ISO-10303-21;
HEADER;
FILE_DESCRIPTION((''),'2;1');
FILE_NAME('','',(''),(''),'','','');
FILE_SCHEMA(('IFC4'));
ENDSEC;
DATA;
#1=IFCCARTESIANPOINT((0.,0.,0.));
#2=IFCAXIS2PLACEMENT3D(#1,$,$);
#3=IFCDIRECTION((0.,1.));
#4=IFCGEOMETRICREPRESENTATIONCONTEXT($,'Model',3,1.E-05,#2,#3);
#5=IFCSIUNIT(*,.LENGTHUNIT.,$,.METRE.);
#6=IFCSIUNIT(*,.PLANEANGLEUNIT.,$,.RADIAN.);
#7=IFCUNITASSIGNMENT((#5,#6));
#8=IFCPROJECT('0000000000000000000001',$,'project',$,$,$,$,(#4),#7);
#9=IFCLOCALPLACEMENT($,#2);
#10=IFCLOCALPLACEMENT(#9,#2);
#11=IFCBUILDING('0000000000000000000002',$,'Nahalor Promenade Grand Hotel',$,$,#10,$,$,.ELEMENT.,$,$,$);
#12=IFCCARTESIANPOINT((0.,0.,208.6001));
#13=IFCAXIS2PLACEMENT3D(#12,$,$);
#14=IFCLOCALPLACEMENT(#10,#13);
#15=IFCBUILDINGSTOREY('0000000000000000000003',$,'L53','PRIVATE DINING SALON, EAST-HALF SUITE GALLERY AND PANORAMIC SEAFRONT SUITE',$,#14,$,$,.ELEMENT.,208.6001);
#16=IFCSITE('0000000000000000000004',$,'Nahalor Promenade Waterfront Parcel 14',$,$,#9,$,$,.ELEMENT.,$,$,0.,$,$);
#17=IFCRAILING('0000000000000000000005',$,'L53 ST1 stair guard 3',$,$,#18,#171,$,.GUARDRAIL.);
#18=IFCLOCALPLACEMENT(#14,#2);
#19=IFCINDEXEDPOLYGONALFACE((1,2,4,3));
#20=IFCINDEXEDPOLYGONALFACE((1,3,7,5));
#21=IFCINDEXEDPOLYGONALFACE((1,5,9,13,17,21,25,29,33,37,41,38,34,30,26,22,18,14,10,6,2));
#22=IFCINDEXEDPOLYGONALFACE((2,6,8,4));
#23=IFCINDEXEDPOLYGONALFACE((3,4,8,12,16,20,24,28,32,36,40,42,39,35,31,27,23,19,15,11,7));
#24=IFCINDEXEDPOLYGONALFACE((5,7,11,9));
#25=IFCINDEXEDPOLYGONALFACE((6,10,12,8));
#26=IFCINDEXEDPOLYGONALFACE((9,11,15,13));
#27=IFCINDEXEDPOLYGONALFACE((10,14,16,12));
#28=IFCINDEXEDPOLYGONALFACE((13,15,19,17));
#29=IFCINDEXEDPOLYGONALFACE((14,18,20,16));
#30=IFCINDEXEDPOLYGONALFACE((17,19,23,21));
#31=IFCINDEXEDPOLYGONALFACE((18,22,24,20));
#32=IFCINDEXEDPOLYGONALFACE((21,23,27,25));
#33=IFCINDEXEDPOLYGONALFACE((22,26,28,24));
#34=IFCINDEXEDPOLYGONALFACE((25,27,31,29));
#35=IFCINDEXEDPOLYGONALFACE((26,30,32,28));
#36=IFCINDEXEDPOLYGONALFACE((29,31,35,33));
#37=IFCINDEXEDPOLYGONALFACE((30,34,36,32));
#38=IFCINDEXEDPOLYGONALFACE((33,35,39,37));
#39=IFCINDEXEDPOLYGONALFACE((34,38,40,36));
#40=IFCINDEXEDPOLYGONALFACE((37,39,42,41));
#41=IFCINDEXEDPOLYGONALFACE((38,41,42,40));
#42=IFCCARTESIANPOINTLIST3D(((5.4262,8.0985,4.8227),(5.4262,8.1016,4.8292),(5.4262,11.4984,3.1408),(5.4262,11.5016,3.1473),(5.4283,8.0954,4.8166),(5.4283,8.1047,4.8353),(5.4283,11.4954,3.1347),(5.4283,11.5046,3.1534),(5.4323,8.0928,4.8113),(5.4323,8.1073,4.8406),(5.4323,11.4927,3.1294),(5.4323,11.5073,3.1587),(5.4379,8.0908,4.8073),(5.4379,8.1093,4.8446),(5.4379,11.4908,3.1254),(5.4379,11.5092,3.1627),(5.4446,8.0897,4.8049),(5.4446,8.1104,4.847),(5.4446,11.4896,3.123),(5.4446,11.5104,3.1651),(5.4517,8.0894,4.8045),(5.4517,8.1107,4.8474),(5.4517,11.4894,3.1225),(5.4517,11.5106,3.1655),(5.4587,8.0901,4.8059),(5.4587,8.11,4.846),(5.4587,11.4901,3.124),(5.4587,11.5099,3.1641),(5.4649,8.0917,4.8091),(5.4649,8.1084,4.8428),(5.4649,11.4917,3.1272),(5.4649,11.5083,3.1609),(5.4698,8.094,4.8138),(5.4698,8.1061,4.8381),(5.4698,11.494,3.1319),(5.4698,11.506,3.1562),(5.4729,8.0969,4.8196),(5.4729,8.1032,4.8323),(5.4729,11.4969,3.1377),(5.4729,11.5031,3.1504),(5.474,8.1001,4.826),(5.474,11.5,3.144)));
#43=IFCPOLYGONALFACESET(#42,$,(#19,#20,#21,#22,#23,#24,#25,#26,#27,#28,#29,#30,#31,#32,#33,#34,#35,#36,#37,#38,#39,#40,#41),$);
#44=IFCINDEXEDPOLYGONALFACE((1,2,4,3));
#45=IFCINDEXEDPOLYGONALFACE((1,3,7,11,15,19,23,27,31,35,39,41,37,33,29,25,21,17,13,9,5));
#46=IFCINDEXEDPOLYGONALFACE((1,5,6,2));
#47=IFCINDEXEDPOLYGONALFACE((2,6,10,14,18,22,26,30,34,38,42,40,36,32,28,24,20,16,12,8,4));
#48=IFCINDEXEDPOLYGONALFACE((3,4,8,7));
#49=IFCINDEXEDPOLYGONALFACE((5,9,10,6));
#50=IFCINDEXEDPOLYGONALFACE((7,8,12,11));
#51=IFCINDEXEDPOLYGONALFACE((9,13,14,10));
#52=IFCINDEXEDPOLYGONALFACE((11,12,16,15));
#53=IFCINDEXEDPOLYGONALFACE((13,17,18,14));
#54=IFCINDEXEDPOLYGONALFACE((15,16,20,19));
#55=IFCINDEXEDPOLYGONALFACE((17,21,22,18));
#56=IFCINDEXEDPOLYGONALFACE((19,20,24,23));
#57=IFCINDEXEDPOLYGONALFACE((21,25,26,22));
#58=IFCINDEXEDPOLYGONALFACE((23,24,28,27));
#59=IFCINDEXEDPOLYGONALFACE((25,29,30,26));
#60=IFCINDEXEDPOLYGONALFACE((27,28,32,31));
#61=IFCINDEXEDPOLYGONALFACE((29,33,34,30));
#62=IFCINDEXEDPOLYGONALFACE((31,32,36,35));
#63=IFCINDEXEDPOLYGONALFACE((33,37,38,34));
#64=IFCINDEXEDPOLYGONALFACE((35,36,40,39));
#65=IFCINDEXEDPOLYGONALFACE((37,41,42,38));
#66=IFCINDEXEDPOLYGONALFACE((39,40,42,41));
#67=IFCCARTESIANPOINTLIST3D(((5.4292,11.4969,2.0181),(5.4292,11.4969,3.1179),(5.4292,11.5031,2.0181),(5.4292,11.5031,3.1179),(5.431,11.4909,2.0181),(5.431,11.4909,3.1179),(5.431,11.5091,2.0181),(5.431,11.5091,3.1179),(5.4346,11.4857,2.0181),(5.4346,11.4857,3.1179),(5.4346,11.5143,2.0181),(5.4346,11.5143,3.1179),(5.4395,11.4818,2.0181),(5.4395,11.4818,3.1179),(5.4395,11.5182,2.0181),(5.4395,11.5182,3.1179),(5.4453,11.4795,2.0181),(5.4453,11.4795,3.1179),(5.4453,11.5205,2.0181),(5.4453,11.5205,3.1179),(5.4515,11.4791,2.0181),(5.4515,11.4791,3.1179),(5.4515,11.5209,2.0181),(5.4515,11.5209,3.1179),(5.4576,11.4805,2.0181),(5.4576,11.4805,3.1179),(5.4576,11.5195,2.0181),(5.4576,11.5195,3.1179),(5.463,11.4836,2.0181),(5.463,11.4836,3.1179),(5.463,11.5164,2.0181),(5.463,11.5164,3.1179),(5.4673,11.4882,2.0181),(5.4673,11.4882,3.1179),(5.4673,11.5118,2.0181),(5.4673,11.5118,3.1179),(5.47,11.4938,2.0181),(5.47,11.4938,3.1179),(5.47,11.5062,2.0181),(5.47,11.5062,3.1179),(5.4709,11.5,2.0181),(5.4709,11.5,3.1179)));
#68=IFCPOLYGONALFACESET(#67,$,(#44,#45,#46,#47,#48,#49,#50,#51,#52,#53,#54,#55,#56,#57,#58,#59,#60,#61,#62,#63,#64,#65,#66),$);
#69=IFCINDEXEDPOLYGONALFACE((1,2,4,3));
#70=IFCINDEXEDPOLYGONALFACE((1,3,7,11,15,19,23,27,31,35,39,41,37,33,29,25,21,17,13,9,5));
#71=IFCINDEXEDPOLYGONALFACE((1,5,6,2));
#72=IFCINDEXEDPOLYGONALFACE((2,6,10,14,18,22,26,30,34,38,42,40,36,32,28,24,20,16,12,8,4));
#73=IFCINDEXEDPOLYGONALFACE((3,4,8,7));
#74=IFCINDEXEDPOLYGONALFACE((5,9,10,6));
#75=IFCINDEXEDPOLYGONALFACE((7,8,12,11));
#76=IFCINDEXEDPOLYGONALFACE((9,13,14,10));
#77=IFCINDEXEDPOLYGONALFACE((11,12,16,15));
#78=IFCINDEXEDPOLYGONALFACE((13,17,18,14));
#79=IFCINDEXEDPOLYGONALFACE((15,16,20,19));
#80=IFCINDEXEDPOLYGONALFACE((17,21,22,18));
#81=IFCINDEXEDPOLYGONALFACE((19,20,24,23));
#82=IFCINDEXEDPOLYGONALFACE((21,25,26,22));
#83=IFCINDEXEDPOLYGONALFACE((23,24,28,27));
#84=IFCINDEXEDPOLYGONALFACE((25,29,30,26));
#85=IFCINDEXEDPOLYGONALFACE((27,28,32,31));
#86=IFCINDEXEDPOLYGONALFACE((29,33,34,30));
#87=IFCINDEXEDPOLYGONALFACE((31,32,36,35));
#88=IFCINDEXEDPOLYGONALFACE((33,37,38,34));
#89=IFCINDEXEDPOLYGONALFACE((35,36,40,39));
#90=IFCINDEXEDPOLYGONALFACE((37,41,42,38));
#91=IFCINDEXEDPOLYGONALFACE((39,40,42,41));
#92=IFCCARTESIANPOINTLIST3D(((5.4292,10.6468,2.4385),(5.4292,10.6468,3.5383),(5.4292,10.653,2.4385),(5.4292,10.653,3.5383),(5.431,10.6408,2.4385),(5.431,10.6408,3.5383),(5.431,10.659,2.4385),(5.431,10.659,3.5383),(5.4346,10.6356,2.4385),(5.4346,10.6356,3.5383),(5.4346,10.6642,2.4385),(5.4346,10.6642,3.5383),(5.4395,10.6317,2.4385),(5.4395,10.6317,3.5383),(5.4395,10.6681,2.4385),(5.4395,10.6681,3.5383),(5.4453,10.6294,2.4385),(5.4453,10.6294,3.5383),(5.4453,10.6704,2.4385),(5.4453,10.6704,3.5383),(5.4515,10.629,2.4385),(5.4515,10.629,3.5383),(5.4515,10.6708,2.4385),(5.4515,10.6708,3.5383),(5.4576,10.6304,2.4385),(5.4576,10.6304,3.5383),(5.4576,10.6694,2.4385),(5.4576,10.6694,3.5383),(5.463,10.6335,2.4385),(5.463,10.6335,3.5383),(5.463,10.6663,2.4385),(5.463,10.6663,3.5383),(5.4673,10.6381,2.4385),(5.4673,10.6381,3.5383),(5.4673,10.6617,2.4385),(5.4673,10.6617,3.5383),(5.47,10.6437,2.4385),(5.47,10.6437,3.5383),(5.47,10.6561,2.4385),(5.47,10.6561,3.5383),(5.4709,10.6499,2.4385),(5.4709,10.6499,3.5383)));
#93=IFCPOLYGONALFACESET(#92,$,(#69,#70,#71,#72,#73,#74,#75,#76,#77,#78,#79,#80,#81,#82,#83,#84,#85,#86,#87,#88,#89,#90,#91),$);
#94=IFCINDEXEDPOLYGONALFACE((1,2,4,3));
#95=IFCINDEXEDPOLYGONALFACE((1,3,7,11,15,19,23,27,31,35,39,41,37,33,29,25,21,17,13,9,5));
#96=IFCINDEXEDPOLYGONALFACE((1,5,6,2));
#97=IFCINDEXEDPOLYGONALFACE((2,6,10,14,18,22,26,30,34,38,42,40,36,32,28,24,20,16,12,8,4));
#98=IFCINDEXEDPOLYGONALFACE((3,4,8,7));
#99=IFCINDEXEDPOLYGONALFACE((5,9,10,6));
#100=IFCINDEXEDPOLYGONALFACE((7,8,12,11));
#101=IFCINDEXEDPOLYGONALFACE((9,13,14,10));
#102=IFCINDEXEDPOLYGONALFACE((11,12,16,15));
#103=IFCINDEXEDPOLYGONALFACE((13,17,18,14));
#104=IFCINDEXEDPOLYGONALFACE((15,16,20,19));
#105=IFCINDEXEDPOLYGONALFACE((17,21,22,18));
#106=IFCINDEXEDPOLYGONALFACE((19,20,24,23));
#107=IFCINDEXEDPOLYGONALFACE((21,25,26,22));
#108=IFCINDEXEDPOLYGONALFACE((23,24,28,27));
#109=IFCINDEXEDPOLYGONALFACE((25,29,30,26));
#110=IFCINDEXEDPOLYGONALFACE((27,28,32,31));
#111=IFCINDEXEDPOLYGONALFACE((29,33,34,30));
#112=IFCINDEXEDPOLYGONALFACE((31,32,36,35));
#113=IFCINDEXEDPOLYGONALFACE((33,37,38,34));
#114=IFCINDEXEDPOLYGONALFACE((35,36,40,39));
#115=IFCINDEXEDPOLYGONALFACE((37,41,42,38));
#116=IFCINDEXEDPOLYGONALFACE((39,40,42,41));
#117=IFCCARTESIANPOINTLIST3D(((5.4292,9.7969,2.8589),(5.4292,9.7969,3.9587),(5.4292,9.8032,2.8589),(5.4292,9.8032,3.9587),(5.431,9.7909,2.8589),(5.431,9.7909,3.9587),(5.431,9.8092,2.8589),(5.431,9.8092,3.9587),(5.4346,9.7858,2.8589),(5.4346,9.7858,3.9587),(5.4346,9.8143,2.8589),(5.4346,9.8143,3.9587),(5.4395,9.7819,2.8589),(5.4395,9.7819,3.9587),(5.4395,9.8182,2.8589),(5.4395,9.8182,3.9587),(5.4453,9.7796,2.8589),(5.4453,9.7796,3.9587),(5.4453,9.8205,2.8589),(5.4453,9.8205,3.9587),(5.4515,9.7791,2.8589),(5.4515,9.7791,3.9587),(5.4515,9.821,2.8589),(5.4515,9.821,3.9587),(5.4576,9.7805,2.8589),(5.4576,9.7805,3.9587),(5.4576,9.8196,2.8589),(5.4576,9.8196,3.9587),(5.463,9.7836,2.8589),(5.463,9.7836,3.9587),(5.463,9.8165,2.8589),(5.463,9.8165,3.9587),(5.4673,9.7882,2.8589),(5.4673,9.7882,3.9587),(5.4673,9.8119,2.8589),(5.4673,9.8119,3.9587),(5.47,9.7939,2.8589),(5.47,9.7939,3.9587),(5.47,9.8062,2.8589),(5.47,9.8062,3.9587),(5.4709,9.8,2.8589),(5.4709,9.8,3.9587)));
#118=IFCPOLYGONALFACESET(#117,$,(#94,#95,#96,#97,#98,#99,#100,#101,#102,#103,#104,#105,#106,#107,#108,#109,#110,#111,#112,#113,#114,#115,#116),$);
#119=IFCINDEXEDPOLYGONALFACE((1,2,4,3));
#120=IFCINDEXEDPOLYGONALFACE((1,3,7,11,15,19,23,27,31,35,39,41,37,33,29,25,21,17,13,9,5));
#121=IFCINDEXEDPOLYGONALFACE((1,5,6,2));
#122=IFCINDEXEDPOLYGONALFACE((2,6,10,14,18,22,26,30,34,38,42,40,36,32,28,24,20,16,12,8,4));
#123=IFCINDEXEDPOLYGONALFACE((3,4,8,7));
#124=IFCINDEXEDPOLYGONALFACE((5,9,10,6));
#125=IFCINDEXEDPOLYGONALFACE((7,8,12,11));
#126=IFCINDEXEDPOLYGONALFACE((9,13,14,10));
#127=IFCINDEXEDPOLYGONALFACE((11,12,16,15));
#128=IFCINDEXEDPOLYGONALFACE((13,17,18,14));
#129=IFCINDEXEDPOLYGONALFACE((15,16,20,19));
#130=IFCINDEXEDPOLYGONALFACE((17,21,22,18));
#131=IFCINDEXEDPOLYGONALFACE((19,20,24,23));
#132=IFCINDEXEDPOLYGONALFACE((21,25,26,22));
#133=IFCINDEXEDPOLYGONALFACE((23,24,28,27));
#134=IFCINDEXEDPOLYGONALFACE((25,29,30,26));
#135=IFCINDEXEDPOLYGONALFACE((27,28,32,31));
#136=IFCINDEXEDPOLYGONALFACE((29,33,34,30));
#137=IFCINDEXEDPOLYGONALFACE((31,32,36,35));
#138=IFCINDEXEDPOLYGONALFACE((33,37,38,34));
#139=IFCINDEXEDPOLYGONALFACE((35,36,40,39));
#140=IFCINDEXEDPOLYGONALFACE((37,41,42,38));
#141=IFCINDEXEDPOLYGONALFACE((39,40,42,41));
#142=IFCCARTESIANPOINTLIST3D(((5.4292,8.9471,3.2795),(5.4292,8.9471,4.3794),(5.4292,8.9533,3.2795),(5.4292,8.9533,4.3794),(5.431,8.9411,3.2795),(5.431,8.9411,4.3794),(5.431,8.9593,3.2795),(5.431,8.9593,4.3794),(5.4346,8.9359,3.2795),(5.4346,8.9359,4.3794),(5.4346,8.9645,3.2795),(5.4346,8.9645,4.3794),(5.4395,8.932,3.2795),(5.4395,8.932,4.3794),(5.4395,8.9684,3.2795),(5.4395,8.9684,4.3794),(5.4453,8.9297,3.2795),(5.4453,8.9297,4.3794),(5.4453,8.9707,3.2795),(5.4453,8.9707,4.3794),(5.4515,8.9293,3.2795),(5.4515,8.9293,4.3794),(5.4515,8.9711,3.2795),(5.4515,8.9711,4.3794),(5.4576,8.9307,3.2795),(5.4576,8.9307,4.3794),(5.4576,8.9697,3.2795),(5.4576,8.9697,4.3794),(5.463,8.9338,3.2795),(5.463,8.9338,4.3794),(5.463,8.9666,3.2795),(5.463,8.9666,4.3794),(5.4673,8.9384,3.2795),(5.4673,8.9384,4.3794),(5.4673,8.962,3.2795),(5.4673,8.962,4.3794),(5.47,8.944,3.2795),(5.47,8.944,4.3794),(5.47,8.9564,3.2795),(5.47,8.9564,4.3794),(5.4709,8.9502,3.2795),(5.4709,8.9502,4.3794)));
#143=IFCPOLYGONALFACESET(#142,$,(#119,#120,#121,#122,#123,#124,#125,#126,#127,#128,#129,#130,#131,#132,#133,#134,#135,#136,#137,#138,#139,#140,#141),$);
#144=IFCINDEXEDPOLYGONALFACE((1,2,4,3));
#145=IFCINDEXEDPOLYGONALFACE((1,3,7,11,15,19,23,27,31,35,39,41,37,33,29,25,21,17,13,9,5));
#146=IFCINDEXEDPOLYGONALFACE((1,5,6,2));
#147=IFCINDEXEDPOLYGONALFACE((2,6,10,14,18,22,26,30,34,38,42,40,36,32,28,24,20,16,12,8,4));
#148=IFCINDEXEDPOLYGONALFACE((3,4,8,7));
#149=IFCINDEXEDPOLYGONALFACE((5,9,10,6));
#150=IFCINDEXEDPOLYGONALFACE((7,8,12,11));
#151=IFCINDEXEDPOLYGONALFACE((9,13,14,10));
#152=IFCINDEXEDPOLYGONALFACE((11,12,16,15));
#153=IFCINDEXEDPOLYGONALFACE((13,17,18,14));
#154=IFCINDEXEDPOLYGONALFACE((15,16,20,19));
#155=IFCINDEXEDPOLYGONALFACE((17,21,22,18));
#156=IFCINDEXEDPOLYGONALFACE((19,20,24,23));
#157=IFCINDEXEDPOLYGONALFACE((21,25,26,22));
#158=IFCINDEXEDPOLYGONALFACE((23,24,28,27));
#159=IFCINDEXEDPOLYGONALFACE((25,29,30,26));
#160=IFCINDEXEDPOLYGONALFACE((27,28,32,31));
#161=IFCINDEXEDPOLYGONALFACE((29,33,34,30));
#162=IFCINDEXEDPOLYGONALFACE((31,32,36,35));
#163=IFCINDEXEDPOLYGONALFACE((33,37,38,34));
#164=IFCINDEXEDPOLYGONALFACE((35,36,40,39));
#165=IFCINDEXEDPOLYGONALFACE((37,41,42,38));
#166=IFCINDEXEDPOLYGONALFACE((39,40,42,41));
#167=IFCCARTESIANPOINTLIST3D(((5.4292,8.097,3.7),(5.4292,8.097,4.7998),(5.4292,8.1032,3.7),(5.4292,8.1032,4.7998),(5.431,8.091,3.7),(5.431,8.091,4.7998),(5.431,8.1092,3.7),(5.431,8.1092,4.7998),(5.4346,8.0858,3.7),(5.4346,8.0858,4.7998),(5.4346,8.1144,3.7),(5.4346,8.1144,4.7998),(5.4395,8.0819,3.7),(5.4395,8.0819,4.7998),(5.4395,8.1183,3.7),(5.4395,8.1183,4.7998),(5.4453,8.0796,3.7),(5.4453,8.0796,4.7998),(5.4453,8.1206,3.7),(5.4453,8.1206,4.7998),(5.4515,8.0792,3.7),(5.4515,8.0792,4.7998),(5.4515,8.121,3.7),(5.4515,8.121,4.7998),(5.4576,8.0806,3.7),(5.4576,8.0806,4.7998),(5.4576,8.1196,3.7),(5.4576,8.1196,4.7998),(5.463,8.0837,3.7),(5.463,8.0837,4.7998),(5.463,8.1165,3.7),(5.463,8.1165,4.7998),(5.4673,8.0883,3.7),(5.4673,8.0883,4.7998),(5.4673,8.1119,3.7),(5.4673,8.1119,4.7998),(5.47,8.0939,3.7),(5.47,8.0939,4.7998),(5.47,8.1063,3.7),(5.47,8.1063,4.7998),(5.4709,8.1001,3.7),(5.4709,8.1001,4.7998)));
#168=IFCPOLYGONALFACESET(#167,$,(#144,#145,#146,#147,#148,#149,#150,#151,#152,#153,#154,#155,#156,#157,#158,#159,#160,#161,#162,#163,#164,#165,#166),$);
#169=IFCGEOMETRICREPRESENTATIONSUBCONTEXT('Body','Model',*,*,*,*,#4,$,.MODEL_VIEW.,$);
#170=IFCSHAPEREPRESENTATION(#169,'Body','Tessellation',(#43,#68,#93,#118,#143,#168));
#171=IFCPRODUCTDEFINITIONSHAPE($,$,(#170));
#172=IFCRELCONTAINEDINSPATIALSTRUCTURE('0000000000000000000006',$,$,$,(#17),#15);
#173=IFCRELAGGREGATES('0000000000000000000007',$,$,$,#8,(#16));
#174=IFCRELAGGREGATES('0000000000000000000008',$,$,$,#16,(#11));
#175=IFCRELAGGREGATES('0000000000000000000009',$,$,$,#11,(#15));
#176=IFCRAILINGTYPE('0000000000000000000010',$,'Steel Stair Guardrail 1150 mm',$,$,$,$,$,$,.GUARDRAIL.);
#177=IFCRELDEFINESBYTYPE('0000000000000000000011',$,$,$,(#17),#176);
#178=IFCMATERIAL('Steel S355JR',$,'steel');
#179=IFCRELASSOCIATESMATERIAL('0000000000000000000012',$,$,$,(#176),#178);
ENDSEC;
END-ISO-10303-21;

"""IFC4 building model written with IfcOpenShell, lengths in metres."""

from ifc_helpers import new_model, si_unit, direction, frame, origin, origin_2d, place, context, subcontext, project, spatial, circle, extrude, material, type_object, element, save


model = new_model("IFC4")

# Units and contexts
model_context = context("Model", 3, precision=1e-05, world=origin(), true_north=direction((0.0, 1.0)))
body_context = subcontext(model_context, "Body", "Model", "MODEL_VIEW")
ifc_project = project(units=[si_unit("LENGTHUNIT", "METRE"), si_unit("PLANEANGLEUNIT", "RADIAN")], contexts=[model_context])

# Site, building, storey
site_placement = place(None, origin())
site = spatial("IfcSite", under=ifc_project, at=site_placement, Name="Nahalor Promenade Waterfront Parcel 14", CompositionType="ELEMENT", RefElevation=0.0)
building_placement = place(site_placement, origin())
building = spatial("IfcBuilding", under=site, at=building_placement, Name="Nahalor Promenade Grand Hotel", CompositionType="ELEMENT")
storey_placement = place(building_placement, frame((0.0, 0.0, 208.6001)))
storey = spatial("IfcBuildingStorey", under=building, at=storey_placement, Name="L53", Description="PRIVATE DINING SALON, EAST-HALF SUITE GALLERY AND PANORAMIC SEAFRONT SUITE", CompositionType="ELEMENT", Elevation=208.6001)

# Shared definitions
ifc_material_1 = material(Name="Steel S355JR", Category="steel")

# Railing
railing_type = type_object("IfcRailingType", Name="Steel Stair Guardrail 1150 mm", PredefinedType="GUARDRAIL", material=ifc_material_1)
railing_1_placement = place(storey_placement, frame((5.45, 11.5, 2.0181)))
element("IfcRailing", 1, at=railing_1_placement, inside=storey, type_object=railing_type, Name="L53 ST1 stair guard 3", PredefinedType="GUARDRAIL", context=body_context, shape_type="SweptSolid", body=[
    extrude(circle(Radius=0.024, at=origin_2d()), frame((0.0, 0.0, 1.126), z_axis=(0.0, -0.896324, 0.443399), x_axis=(1.0, 0.0, 0.0)), (0.0, 0.0, 1.0), 3.7932),
    extrude(circle(Radius=0.021, at=origin_2d()), origin(), (0.0, 0.0, 1.0), 1.0999),
    extrude(circle(Radius=0.021, at=origin_2d()), frame((0.0, -0.8501, 0.4204)), (0.0, 0.0, 1.0), 1.0999),
    extrude(circle(Radius=0.021, at=origin_2d()), frame((0.0, -1.7, 0.8408)), (0.0, 0.0, 1.0), 1.0999),
    extrude(circle(Radius=0.021, at=origin_2d()), frame((0.0, -2.5498, 1.2615)), (0.0, 0.0, 1.0), 1.0999),
    extrude(circle(Radius=0.021, at=origin_2d()), frame((0.0, -3.3999, 1.6819)), (0.0, 0.0, 1.0), 1.0999),
])

save(model, "model.ifc")
